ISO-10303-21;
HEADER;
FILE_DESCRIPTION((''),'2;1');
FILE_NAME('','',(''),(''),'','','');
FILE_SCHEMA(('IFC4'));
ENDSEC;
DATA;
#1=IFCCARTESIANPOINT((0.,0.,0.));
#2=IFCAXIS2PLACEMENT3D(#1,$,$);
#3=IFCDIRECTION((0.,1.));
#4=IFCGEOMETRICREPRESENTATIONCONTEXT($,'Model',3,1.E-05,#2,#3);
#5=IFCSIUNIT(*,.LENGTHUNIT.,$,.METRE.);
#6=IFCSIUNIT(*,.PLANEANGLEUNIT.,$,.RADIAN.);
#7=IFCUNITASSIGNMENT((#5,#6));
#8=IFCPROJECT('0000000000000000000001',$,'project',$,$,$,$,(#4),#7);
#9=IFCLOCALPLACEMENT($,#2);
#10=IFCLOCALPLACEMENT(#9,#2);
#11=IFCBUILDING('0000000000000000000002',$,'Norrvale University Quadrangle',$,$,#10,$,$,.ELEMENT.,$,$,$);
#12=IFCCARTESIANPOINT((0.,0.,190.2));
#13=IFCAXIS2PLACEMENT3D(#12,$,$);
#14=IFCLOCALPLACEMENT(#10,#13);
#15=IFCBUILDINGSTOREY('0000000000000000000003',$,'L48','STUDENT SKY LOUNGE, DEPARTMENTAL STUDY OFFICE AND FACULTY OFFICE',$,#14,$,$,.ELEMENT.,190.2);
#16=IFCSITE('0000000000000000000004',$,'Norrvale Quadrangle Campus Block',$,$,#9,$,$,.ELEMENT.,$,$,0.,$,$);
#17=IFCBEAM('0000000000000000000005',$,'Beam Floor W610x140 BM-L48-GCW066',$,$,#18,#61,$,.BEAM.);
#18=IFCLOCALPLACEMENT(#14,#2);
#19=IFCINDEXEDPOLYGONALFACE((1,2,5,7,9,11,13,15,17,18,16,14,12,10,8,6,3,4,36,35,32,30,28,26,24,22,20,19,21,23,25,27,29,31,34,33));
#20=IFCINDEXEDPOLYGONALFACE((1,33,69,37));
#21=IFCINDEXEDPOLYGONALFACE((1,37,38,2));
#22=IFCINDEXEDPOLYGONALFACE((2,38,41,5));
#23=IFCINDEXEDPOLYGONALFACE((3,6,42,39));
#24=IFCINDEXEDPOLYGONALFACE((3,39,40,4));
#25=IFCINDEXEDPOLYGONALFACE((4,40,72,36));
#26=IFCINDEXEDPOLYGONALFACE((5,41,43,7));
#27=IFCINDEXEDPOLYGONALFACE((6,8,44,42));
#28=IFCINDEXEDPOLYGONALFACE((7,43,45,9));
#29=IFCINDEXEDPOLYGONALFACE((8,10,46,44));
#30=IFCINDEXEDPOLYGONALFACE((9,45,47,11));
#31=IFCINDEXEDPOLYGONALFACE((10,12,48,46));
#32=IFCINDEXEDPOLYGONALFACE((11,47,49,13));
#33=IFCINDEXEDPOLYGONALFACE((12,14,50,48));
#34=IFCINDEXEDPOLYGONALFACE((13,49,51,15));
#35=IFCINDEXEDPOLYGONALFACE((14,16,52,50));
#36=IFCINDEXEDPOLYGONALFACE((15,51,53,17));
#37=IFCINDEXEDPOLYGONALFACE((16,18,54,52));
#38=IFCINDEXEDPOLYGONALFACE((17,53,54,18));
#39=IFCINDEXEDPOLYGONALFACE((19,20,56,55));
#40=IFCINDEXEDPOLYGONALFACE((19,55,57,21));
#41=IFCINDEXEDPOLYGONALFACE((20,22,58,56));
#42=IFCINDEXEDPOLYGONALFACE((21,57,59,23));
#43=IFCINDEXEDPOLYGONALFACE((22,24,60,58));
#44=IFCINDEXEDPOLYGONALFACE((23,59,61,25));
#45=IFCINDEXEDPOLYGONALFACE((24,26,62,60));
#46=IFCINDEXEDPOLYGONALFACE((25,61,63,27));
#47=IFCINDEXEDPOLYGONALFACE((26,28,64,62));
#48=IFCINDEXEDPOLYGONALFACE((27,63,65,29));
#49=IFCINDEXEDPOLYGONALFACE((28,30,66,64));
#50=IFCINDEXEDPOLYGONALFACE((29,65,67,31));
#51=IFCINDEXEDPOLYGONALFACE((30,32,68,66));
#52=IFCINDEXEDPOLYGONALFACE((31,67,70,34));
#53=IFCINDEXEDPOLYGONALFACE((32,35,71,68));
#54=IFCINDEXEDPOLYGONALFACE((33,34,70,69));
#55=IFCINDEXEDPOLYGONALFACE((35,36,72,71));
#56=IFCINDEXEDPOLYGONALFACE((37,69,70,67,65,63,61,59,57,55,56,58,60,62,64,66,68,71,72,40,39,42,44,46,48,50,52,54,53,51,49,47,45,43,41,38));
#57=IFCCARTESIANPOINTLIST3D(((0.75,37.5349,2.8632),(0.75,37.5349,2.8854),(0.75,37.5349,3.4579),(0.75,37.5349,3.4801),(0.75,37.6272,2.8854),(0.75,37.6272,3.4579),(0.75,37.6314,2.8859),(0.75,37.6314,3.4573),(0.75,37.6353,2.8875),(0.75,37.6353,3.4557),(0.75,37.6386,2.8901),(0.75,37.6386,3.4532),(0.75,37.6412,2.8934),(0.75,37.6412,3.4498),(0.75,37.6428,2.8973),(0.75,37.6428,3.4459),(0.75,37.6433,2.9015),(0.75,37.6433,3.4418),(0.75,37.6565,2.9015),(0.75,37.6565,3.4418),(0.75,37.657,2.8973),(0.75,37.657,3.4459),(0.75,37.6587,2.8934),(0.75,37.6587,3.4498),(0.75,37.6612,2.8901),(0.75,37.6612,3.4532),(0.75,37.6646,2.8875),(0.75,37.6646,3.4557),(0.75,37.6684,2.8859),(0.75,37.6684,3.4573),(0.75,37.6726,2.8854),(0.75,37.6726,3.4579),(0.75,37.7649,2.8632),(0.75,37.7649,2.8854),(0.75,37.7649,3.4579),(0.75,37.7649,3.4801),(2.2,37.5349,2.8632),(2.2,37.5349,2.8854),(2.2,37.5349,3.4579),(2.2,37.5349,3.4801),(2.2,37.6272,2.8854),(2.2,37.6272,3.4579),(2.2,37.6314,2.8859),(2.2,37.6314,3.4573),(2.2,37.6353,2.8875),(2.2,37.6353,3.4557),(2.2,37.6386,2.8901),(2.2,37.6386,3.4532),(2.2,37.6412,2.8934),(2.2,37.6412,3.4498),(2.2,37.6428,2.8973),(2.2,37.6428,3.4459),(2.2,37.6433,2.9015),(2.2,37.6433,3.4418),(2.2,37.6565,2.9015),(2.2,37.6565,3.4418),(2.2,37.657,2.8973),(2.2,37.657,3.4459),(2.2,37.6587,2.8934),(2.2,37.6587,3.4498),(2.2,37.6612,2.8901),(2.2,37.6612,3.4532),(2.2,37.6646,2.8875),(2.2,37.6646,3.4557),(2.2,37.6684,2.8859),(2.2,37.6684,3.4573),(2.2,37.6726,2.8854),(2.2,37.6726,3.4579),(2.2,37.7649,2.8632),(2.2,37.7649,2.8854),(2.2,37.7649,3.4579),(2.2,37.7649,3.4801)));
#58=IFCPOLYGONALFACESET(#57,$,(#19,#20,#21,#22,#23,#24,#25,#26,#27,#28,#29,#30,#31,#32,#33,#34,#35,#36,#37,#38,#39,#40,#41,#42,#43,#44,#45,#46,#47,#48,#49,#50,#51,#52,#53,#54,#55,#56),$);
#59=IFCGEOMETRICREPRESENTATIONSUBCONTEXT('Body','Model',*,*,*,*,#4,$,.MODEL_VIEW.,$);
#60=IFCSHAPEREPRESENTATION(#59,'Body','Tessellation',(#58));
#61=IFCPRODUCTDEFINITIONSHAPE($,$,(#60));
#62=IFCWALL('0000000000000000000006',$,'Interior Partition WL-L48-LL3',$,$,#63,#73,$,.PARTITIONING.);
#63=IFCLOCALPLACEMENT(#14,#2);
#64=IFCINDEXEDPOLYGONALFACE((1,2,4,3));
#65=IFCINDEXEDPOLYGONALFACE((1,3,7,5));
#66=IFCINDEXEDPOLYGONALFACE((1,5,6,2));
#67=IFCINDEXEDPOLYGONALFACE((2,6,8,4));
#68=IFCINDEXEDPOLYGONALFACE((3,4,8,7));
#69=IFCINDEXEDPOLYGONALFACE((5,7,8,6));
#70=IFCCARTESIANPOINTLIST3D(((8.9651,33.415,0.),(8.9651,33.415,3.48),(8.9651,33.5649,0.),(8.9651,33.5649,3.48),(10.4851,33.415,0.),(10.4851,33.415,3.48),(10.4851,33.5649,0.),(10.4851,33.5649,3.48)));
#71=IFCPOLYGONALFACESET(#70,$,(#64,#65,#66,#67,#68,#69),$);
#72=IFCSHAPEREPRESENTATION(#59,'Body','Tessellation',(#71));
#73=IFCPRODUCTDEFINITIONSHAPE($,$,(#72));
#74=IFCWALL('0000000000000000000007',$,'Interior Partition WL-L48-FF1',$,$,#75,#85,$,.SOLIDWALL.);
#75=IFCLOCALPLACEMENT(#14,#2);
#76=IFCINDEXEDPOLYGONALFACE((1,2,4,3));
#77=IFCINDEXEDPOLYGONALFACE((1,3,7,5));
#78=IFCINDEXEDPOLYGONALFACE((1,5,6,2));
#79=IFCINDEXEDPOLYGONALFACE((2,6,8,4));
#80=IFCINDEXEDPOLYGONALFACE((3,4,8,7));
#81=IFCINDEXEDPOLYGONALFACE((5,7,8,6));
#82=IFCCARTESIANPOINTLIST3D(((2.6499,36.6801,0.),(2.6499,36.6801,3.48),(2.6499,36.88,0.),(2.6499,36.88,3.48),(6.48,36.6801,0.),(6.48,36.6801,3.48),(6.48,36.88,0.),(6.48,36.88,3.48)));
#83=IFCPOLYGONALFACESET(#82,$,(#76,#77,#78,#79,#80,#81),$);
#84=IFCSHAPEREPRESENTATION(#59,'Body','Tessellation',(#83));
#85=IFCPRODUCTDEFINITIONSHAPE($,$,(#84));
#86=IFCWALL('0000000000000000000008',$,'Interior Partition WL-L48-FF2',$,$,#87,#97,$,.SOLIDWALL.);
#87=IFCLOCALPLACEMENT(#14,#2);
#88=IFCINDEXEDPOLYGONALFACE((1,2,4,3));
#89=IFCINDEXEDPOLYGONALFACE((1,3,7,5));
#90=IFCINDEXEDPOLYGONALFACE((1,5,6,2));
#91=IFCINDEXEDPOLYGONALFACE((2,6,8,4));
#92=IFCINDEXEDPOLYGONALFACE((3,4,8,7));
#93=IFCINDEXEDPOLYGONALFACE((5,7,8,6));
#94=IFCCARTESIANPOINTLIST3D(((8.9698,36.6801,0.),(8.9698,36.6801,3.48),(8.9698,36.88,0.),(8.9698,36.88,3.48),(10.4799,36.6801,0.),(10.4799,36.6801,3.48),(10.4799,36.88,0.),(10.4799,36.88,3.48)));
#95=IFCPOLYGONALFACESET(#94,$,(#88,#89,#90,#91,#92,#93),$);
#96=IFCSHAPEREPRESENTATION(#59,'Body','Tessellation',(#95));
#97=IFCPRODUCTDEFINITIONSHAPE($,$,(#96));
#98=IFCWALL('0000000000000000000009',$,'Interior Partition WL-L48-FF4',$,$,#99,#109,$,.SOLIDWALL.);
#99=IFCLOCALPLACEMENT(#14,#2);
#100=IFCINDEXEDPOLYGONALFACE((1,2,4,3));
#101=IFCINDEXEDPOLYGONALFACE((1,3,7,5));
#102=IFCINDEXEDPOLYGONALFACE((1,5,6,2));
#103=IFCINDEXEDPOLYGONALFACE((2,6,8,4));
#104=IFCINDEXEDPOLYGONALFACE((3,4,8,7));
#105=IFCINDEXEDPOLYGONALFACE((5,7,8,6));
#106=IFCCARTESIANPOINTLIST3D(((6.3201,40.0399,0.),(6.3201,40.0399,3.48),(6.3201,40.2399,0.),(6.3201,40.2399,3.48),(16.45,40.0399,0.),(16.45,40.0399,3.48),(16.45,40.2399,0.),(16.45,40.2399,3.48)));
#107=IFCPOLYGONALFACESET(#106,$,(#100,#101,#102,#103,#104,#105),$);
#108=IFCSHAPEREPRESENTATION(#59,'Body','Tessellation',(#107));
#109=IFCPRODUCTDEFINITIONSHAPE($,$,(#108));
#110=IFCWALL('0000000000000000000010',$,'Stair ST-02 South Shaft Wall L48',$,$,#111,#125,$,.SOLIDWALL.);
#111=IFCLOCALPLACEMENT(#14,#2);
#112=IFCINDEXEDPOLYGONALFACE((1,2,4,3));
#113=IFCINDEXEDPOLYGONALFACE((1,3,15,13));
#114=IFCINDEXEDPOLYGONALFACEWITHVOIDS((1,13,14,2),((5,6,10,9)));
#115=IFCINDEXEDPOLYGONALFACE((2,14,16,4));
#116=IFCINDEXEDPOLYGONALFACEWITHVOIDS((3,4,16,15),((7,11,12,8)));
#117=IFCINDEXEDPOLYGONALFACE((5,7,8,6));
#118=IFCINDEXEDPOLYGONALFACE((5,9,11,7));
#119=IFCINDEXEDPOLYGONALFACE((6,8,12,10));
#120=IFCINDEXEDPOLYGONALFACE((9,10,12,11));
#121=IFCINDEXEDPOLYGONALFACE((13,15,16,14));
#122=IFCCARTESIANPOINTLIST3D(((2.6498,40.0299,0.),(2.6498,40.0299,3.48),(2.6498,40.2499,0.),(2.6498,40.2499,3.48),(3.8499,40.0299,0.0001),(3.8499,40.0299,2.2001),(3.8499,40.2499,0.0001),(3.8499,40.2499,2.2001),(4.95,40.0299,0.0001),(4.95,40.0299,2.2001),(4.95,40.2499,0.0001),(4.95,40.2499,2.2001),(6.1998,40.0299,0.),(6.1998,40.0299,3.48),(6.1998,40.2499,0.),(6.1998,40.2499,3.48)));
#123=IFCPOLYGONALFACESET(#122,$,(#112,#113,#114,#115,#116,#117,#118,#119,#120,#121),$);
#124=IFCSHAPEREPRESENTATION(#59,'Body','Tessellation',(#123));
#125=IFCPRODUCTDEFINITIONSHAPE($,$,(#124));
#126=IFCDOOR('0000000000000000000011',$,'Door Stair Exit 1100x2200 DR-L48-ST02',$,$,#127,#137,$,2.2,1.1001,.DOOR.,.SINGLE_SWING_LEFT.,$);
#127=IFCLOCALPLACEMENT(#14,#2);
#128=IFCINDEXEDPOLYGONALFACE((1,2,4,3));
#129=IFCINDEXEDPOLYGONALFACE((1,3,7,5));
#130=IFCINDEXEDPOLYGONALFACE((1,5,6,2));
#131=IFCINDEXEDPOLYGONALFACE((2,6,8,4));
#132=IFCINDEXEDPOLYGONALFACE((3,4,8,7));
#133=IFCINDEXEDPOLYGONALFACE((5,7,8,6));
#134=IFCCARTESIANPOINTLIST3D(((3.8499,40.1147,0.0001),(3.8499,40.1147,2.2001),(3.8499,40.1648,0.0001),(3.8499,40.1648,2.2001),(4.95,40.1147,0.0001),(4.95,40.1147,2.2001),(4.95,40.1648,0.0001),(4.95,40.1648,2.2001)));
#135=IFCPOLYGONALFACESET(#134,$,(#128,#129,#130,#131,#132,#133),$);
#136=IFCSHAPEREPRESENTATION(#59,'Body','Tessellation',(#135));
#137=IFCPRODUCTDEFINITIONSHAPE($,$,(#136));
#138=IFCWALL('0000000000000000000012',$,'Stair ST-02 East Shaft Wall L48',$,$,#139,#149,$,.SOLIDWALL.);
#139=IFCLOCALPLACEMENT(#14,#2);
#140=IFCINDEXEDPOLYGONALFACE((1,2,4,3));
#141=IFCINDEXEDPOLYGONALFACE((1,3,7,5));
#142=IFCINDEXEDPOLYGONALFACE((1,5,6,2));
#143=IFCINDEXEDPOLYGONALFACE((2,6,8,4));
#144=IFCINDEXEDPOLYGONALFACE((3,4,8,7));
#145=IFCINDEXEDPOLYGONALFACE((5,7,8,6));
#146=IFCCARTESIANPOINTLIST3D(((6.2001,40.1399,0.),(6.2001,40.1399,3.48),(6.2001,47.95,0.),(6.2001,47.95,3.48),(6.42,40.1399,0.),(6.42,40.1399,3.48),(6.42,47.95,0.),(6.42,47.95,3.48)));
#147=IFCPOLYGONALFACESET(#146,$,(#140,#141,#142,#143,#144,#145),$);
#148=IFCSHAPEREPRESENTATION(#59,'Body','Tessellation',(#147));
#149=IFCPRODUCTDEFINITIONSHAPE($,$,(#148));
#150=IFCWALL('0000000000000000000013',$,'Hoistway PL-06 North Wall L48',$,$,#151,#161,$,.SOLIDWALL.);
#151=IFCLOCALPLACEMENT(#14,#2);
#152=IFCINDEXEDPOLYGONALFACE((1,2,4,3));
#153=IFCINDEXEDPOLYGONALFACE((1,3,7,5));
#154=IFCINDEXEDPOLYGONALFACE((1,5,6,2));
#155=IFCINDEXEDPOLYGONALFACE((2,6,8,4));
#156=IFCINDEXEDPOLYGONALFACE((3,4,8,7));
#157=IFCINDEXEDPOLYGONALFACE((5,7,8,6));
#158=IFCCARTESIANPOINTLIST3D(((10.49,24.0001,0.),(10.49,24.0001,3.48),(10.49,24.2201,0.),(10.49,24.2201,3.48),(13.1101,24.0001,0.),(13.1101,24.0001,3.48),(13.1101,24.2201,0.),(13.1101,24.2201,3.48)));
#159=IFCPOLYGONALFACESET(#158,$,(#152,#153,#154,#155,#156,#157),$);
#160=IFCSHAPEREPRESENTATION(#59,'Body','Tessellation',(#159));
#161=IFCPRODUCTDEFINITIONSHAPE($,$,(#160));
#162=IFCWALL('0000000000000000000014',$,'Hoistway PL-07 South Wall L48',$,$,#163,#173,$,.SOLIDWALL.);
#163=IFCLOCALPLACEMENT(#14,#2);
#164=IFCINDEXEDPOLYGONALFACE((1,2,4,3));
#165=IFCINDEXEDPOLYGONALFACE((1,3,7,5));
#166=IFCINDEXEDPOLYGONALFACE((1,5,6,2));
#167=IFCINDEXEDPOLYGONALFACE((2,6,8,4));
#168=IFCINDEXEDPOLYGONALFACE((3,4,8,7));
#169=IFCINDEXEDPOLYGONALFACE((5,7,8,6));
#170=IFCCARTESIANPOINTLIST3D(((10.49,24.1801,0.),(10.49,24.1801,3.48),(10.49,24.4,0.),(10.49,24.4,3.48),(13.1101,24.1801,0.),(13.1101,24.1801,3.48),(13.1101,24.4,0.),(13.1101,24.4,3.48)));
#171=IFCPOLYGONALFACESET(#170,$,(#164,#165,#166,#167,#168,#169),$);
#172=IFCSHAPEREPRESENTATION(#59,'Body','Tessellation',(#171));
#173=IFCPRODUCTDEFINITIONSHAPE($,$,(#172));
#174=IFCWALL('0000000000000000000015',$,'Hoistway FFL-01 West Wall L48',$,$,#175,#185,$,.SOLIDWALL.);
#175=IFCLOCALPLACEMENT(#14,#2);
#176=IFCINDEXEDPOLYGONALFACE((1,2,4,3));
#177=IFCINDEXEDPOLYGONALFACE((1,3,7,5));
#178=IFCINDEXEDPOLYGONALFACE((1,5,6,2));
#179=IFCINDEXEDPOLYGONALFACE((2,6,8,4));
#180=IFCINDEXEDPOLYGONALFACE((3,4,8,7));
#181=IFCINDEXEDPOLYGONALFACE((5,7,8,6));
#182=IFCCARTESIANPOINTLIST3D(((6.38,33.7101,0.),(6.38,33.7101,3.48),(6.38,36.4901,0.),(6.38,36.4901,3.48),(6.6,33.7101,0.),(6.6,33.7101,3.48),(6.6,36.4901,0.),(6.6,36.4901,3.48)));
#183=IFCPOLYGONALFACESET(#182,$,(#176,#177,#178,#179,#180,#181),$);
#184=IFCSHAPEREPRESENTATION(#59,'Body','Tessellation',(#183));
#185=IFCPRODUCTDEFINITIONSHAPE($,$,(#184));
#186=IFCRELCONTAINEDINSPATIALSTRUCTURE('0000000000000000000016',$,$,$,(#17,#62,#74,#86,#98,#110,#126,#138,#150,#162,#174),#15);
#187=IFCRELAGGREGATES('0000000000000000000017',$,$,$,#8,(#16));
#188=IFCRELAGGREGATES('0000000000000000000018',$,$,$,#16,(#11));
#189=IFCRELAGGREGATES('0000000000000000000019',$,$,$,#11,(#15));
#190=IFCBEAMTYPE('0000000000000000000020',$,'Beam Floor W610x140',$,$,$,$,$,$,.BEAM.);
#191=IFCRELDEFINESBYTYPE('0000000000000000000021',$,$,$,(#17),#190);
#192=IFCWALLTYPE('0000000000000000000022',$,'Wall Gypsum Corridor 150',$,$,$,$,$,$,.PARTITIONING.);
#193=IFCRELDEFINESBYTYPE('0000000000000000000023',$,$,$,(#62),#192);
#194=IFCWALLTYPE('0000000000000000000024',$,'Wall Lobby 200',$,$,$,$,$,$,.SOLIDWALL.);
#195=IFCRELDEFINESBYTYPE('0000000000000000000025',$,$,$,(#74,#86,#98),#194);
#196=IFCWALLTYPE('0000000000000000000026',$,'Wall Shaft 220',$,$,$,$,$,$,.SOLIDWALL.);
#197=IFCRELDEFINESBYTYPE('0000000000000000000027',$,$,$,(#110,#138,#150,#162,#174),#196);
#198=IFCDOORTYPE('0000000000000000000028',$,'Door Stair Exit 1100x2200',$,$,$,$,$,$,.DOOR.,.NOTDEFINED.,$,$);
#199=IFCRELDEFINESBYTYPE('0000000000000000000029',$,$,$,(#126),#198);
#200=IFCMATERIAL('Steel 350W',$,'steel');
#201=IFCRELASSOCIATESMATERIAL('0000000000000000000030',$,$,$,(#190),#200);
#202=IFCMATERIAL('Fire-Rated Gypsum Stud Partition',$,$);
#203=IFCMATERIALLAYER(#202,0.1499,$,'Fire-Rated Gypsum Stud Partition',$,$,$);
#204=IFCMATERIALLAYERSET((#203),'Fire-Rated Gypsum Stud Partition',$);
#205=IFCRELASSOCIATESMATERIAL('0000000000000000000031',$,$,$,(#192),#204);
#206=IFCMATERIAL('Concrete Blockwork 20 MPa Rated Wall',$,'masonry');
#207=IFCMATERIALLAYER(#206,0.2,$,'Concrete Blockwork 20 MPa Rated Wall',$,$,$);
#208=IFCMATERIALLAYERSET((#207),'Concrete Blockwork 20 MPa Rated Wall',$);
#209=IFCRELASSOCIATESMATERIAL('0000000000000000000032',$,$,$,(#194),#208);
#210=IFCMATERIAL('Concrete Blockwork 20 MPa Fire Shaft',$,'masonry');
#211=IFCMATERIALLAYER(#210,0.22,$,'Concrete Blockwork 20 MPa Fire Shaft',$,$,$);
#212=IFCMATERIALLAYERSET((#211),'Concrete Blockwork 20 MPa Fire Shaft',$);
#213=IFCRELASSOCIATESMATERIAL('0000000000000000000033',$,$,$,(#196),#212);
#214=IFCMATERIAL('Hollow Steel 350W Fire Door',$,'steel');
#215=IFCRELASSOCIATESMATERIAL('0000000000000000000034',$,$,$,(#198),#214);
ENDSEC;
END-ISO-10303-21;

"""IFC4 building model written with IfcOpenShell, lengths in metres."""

from ifc_helpers import new_model, si_unit, direction, frame, frame_2d, origin, origin_2d, place, context, subcontext, project, spatial, rectangle, i_section, extrude, material, layer, layer_set, material_profile, profile_set, type_object, element, fill, save


model = new_model("IFC4")

# Units and contexts
model_context = context("Model", 3, precision=1e-05, world=origin(), true_north=direction((0.0, 1.0)))
body_context = subcontext(model_context, "Body", "Model", "MODEL_VIEW")
ifc_project = project(units=[si_unit("LENGTHUNIT", "METRE"), si_unit("PLANEANGLEUNIT", "RADIAN")], contexts=[model_context])

# Site, building, storey
site_placement = place(None, origin())
site = spatial("IfcSite", under=ifc_project, at=site_placement, Name="Norrvale Quadrangle Campus Block", CompositionType="ELEMENT", RefElevation=0.0)
building_placement = place(site_placement, origin())
building = spatial("IfcBuilding", under=site, at=building_placement, Name="Norrvale University Quadrangle", CompositionType="ELEMENT")
storey_placement = place(building_placement, frame((0.0, 0.0, 190.2)))
storey = spatial("IfcBuildingStorey", under=building, at=storey_placement, Name="L48", Description="STUDENT SKY LOUNGE, DEPARTMENTAL STUDY OFFICE AND FACULTY OFFICE", CompositionType="ELEMENT", Elevation=190.2)

# Beam
ifc_material_1 = material(Name="Steel 350W", Category="steel")
ifc_material_profile_1 = material_profile(ifc_material_1, i_section(OverallWidth=0.23, OverallDepth=0.6169, WebThickness=0.0132, FlangeThickness=0.0222, FilletRadius=0.0161, at=origin_2d()), Name="Steel 350W")
ifc_profile_set_1 = profile_set([ifc_material_profile_1], Name="Steel 350W")
beam_type = type_object("IfcBeamType", Name="Beam Floor W610x140", PredefinedType="BEAM", material=ifc_profile_set_1)
for number, where, z_axis, x_axis, name in (
    (1, (0.75, 37.6499, 3.1716), (1.0, 0.0, 0.0), (0.0, 1.0, 0.0), "Beam Floor W610x140 BM-L48-GCW066"),
):
    element("IfcBeam", number, at=place(storey_placement, frame(where, z_axis=z_axis, x_axis=x_axis)), inside=storey, type_object=beam_type, Name=name, PredefinedType="BEAM", context=body_context, shape_type="SweptSolid", body=[
        extrude(i_section(OverallWidth=0.23, OverallDepth=0.6169, WebThickness=0.0132, FlangeThickness=0.0222, FilletRadius=0.0161, at=origin_2d()), origin(), (0.0, 0.0, 1.0), 1.45),
    ])

# Walls
ifc_material_2 = material(Name="Fire-Rated Gypsum Stud Partition")
ifc_layer_1 = layer(ifc_material_2, 0.1499, Name="Fire-Rated Gypsum Stud Partition")
ifc_layer_set_1 = layer_set([ifc_layer_1], Name="Fire-Rated Gypsum Stud Partition")
wall_type_1 = type_object("IfcWallType", Name="Wall Gypsum Corridor 150", PredefinedType="PARTITIONING", material=ifc_layer_set_1)
wall_1_placement = place(storey_placement, frame((8.9651, 33.49, 0.0), z_axis=(0.0, 0.0, 1.0), x_axis=(1.0, 0.0, 0.0)))
element("IfcWall", 2, at=wall_1_placement, inside=storey, type_object=wall_type_1, Name="Interior Partition WL-L48-LL3", PredefinedType="PARTITIONING", context=body_context, shape_type="SweptSolid", body=[
    extrude(rectangle(XDim=1.52, YDim=0.1499, at=frame_2d((0.76, 0.0))), origin(), (0.0, 0.0, 1.0), 3.48),
])
ifc_material_3 = material(Name="Concrete Blockwork 20 MPa Rated Wall", Category="masonry")
ifc_layer_2 = layer(ifc_material_3, 0.2, Name="Concrete Blockwork 20 MPa Rated Wall")
ifc_layer_set_2 = layer_set([ifc_layer_2], Name="Concrete Blockwork 20 MPa Rated Wall")
wall_type_2 = type_object("IfcWallType", Name="Wall Lobby 200", PredefinedType="SOLIDWALL", material=ifc_layer_set_2)
wall_2_placement = place(storey_placement, frame((2.6499, 36.78, 0.0), z_axis=(0.0, 0.0, 1.0), x_axis=(1.0, 0.0, 0.0)))
element("IfcWall", 3, at=wall_2_placement, inside=storey, type_object=wall_type_2, Name="Interior Partition WL-L48-FF1", PredefinedType="SOLIDWALL", context=body_context, shape_type="SweptSolid", body=[
    extrude(rectangle(XDim=3.8301, YDim=0.2, at=frame_2d((1.915, 0.0))), origin(), (0.0, 0.0, 1.0), 3.48),
])
wall_3_placement = place(storey_placement, frame((8.97, 36.78, 0.0), z_axis=(0.0, 0.0, 1.0), x_axis=(1.0, 0.0, 0.0)))
element("IfcWall", 4, at=wall_3_placement, inside=storey, type_object=wall_type_2, Name="Interior Partition WL-L48-FF2", PredefinedType="SOLIDWALL", context=body_context, shape_type="SweptSolid", body=[
    extrude(rectangle(XDim=1.51, YDim=0.2, at=frame_2d((0.7549, 0.0))), origin(), (0.0, 0.0, 1.0), 3.48),
])
wall_4_placement = place(storey_placement, frame((6.3201, 40.1399, 0.0), z_axis=(0.0, 0.0, 1.0), x_axis=(1.0, 0.0, 0.0)))
element("IfcWall", 5, at=wall_4_placement, inside=storey, type_object=wall_type_2, Name="Interior Partition WL-L48-FF4", PredefinedType="SOLIDWALL", context=body_context, shape_type="SweptSolid", body=[
    extrude(rectangle(XDim=10.1299, YDim=0.2, at=frame_2d((5.0649, 0.0))), origin(), (0.0, 0.0, 1.0), 3.48),
])

# Wall, opening, door
ifc_material_4 = material(Name="Concrete Blockwork 20 MPa Fire Shaft", Category="masonry")
ifc_layer_3 = layer(ifc_material_4, 0.22, Name="Concrete Blockwork 20 MPa Fire Shaft")
ifc_layer_set_3 = layer_set([ifc_layer_3], Name="Concrete Blockwork 20 MPa Fire Shaft")
wall_type_3 = type_object("IfcWallType", Name="Wall Shaft 220", PredefinedType="SOLIDWALL", material=ifc_layer_set_3)
wall_5_placement = place(storey_placement, frame((2.6499, 40.1399, 0.0), z_axis=(0.0, 0.0, 1.0), x_axis=(1.0, 0.0, 0.0)))
wall_5 = element("IfcWall", 6, at=wall_5_placement, inside=storey, type_object=wall_type_3, Name="Stair ST-02 South Shaft Wall L48", PredefinedType="SOLIDWALL", context=body_context, shape_type="SweptSolid", body=[
    extrude(rectangle(XDim=3.55, YDim=0.22, at=frame_2d((1.7749, 0.0))), origin(), (0.0, 0.0, 1.0), 3.48),
])
opening_1_placement = place(wall_5_placement, frame((1.2, 0.0, 0.0)))
opening_1 = element("IfcOpeningElement", 7, at=opening_1_placement, cuts=wall_5, PredefinedType="OPENING", context=body_context, shape_type="SweptSolid", body=[
    extrude(rectangle(XDim=1.1001, YDim=2.2, at=frame_2d((0.55, 1.1001))), frame((0.0, 0.1221, 0.0), z_axis=(0.0, -1.0, 0.0), x_axis=(1.0, 0.0, 0.0)), (0.0, 0.0, 1.0), 0.2439),
])
ifc_material_5 = material(Name="Hollow Steel 350W Fire Door", Category="steel")
door_type_1 = type_object("IfcDoorType", Name="Door Stair Exit 1100x2200", OperationType="NOTDEFINED", PredefinedType="DOOR", material=ifc_material_5)
door_1_placement = place(opening_1_placement, origin())
door_1 = element("IfcDoor", 8, at=door_1_placement, inside=storey, type_object=door_type_1, Name="Door Stair Exit 1100x2200 DR-L48-ST02", OperationType="SINGLE_SWING_LEFT", OverallHeight=2.2, OverallWidth=1.1001, PredefinedType="DOOR", context=body_context, shape_type="SweptSolid", body=[
    extrude(rectangle(XDim=1.1001, YDim=2.2, at=frame_2d((0.55, 1.1001))), frame((0.0, 0.0249, 0.0), z_axis=(0.0, -1.0, 0.0), x_axis=(1.0, 0.0, 0.0)), (0.0, 0.0, 1.0), 0.05),
])
fill(opening_1, door_1)

# Walls
wall_6_placement = place(storey_placement, frame((6.3101, 40.1399, 0.0), z_axis=(0.0, 0.0, 1.0), x_axis=(0.0, 1.0, 0.0)))
element("IfcWall", 9, at=wall_6_placement, inside=storey, type_object=wall_type_3, Name="Stair ST-02 East Shaft Wall L48", PredefinedType="SOLIDWALL", context=body_context, shape_type="SweptSolid", body=[
    extrude(rectangle(XDim=7.8101, YDim=0.22, at=frame_2d((3.905, 0.0))), origin(), (0.0, 0.0, 1.0), 3.48),
])
for number, where, z_axis, x_axis, name in (
    (10, (10.49, 24.1101, 0.0), (0.0, 0.0, 1.0), (1.0, 0.0, 0.0), "Hoistway PL-06 North Wall L48"),
    (11, (10.49, 24.29, 0.0), (0.0, 0.0, 1.0), (1.0, 0.0, 0.0), "Hoistway PL-07 South Wall L48"),
):
    element("IfcWall", number, at=place(storey_placement, frame(where, z_axis=z_axis, x_axis=x_axis)), inside=storey, type_object=wall_type_3, Name=name, PredefinedType="SOLIDWALL", context=body_context, shape_type="SweptSolid", body=[
        extrude(rectangle(XDim=2.6201, YDim=0.22, at=frame_2d((1.3101, 0.0))), origin(), (0.0, 0.0, 1.0), 3.48),
    ])
for number, where, z_axis, x_axis, name in (
    (12, (6.49, 33.71, 0.0), (0.0, 0.0, 1.0), (0.0, 1.0, 0.0), "Hoistway FFL-01 West Wall L48"),
):
    element("IfcWall", number, at=place(storey_placement, frame(where, z_axis=z_axis, x_axis=x_axis)), inside=storey, type_object=wall_type_3, Name=name, PredefinedType="SOLIDWALL", context=body_context, shape_type="SweptSolid", body=[
        extrude(rectangle(XDim=2.78, YDim=0.22, at=frame_2d((1.3901, 0.0))), origin(), (0.0, 0.0, 1.0), 3.48),
    ])

save(model, "model.ifc")
